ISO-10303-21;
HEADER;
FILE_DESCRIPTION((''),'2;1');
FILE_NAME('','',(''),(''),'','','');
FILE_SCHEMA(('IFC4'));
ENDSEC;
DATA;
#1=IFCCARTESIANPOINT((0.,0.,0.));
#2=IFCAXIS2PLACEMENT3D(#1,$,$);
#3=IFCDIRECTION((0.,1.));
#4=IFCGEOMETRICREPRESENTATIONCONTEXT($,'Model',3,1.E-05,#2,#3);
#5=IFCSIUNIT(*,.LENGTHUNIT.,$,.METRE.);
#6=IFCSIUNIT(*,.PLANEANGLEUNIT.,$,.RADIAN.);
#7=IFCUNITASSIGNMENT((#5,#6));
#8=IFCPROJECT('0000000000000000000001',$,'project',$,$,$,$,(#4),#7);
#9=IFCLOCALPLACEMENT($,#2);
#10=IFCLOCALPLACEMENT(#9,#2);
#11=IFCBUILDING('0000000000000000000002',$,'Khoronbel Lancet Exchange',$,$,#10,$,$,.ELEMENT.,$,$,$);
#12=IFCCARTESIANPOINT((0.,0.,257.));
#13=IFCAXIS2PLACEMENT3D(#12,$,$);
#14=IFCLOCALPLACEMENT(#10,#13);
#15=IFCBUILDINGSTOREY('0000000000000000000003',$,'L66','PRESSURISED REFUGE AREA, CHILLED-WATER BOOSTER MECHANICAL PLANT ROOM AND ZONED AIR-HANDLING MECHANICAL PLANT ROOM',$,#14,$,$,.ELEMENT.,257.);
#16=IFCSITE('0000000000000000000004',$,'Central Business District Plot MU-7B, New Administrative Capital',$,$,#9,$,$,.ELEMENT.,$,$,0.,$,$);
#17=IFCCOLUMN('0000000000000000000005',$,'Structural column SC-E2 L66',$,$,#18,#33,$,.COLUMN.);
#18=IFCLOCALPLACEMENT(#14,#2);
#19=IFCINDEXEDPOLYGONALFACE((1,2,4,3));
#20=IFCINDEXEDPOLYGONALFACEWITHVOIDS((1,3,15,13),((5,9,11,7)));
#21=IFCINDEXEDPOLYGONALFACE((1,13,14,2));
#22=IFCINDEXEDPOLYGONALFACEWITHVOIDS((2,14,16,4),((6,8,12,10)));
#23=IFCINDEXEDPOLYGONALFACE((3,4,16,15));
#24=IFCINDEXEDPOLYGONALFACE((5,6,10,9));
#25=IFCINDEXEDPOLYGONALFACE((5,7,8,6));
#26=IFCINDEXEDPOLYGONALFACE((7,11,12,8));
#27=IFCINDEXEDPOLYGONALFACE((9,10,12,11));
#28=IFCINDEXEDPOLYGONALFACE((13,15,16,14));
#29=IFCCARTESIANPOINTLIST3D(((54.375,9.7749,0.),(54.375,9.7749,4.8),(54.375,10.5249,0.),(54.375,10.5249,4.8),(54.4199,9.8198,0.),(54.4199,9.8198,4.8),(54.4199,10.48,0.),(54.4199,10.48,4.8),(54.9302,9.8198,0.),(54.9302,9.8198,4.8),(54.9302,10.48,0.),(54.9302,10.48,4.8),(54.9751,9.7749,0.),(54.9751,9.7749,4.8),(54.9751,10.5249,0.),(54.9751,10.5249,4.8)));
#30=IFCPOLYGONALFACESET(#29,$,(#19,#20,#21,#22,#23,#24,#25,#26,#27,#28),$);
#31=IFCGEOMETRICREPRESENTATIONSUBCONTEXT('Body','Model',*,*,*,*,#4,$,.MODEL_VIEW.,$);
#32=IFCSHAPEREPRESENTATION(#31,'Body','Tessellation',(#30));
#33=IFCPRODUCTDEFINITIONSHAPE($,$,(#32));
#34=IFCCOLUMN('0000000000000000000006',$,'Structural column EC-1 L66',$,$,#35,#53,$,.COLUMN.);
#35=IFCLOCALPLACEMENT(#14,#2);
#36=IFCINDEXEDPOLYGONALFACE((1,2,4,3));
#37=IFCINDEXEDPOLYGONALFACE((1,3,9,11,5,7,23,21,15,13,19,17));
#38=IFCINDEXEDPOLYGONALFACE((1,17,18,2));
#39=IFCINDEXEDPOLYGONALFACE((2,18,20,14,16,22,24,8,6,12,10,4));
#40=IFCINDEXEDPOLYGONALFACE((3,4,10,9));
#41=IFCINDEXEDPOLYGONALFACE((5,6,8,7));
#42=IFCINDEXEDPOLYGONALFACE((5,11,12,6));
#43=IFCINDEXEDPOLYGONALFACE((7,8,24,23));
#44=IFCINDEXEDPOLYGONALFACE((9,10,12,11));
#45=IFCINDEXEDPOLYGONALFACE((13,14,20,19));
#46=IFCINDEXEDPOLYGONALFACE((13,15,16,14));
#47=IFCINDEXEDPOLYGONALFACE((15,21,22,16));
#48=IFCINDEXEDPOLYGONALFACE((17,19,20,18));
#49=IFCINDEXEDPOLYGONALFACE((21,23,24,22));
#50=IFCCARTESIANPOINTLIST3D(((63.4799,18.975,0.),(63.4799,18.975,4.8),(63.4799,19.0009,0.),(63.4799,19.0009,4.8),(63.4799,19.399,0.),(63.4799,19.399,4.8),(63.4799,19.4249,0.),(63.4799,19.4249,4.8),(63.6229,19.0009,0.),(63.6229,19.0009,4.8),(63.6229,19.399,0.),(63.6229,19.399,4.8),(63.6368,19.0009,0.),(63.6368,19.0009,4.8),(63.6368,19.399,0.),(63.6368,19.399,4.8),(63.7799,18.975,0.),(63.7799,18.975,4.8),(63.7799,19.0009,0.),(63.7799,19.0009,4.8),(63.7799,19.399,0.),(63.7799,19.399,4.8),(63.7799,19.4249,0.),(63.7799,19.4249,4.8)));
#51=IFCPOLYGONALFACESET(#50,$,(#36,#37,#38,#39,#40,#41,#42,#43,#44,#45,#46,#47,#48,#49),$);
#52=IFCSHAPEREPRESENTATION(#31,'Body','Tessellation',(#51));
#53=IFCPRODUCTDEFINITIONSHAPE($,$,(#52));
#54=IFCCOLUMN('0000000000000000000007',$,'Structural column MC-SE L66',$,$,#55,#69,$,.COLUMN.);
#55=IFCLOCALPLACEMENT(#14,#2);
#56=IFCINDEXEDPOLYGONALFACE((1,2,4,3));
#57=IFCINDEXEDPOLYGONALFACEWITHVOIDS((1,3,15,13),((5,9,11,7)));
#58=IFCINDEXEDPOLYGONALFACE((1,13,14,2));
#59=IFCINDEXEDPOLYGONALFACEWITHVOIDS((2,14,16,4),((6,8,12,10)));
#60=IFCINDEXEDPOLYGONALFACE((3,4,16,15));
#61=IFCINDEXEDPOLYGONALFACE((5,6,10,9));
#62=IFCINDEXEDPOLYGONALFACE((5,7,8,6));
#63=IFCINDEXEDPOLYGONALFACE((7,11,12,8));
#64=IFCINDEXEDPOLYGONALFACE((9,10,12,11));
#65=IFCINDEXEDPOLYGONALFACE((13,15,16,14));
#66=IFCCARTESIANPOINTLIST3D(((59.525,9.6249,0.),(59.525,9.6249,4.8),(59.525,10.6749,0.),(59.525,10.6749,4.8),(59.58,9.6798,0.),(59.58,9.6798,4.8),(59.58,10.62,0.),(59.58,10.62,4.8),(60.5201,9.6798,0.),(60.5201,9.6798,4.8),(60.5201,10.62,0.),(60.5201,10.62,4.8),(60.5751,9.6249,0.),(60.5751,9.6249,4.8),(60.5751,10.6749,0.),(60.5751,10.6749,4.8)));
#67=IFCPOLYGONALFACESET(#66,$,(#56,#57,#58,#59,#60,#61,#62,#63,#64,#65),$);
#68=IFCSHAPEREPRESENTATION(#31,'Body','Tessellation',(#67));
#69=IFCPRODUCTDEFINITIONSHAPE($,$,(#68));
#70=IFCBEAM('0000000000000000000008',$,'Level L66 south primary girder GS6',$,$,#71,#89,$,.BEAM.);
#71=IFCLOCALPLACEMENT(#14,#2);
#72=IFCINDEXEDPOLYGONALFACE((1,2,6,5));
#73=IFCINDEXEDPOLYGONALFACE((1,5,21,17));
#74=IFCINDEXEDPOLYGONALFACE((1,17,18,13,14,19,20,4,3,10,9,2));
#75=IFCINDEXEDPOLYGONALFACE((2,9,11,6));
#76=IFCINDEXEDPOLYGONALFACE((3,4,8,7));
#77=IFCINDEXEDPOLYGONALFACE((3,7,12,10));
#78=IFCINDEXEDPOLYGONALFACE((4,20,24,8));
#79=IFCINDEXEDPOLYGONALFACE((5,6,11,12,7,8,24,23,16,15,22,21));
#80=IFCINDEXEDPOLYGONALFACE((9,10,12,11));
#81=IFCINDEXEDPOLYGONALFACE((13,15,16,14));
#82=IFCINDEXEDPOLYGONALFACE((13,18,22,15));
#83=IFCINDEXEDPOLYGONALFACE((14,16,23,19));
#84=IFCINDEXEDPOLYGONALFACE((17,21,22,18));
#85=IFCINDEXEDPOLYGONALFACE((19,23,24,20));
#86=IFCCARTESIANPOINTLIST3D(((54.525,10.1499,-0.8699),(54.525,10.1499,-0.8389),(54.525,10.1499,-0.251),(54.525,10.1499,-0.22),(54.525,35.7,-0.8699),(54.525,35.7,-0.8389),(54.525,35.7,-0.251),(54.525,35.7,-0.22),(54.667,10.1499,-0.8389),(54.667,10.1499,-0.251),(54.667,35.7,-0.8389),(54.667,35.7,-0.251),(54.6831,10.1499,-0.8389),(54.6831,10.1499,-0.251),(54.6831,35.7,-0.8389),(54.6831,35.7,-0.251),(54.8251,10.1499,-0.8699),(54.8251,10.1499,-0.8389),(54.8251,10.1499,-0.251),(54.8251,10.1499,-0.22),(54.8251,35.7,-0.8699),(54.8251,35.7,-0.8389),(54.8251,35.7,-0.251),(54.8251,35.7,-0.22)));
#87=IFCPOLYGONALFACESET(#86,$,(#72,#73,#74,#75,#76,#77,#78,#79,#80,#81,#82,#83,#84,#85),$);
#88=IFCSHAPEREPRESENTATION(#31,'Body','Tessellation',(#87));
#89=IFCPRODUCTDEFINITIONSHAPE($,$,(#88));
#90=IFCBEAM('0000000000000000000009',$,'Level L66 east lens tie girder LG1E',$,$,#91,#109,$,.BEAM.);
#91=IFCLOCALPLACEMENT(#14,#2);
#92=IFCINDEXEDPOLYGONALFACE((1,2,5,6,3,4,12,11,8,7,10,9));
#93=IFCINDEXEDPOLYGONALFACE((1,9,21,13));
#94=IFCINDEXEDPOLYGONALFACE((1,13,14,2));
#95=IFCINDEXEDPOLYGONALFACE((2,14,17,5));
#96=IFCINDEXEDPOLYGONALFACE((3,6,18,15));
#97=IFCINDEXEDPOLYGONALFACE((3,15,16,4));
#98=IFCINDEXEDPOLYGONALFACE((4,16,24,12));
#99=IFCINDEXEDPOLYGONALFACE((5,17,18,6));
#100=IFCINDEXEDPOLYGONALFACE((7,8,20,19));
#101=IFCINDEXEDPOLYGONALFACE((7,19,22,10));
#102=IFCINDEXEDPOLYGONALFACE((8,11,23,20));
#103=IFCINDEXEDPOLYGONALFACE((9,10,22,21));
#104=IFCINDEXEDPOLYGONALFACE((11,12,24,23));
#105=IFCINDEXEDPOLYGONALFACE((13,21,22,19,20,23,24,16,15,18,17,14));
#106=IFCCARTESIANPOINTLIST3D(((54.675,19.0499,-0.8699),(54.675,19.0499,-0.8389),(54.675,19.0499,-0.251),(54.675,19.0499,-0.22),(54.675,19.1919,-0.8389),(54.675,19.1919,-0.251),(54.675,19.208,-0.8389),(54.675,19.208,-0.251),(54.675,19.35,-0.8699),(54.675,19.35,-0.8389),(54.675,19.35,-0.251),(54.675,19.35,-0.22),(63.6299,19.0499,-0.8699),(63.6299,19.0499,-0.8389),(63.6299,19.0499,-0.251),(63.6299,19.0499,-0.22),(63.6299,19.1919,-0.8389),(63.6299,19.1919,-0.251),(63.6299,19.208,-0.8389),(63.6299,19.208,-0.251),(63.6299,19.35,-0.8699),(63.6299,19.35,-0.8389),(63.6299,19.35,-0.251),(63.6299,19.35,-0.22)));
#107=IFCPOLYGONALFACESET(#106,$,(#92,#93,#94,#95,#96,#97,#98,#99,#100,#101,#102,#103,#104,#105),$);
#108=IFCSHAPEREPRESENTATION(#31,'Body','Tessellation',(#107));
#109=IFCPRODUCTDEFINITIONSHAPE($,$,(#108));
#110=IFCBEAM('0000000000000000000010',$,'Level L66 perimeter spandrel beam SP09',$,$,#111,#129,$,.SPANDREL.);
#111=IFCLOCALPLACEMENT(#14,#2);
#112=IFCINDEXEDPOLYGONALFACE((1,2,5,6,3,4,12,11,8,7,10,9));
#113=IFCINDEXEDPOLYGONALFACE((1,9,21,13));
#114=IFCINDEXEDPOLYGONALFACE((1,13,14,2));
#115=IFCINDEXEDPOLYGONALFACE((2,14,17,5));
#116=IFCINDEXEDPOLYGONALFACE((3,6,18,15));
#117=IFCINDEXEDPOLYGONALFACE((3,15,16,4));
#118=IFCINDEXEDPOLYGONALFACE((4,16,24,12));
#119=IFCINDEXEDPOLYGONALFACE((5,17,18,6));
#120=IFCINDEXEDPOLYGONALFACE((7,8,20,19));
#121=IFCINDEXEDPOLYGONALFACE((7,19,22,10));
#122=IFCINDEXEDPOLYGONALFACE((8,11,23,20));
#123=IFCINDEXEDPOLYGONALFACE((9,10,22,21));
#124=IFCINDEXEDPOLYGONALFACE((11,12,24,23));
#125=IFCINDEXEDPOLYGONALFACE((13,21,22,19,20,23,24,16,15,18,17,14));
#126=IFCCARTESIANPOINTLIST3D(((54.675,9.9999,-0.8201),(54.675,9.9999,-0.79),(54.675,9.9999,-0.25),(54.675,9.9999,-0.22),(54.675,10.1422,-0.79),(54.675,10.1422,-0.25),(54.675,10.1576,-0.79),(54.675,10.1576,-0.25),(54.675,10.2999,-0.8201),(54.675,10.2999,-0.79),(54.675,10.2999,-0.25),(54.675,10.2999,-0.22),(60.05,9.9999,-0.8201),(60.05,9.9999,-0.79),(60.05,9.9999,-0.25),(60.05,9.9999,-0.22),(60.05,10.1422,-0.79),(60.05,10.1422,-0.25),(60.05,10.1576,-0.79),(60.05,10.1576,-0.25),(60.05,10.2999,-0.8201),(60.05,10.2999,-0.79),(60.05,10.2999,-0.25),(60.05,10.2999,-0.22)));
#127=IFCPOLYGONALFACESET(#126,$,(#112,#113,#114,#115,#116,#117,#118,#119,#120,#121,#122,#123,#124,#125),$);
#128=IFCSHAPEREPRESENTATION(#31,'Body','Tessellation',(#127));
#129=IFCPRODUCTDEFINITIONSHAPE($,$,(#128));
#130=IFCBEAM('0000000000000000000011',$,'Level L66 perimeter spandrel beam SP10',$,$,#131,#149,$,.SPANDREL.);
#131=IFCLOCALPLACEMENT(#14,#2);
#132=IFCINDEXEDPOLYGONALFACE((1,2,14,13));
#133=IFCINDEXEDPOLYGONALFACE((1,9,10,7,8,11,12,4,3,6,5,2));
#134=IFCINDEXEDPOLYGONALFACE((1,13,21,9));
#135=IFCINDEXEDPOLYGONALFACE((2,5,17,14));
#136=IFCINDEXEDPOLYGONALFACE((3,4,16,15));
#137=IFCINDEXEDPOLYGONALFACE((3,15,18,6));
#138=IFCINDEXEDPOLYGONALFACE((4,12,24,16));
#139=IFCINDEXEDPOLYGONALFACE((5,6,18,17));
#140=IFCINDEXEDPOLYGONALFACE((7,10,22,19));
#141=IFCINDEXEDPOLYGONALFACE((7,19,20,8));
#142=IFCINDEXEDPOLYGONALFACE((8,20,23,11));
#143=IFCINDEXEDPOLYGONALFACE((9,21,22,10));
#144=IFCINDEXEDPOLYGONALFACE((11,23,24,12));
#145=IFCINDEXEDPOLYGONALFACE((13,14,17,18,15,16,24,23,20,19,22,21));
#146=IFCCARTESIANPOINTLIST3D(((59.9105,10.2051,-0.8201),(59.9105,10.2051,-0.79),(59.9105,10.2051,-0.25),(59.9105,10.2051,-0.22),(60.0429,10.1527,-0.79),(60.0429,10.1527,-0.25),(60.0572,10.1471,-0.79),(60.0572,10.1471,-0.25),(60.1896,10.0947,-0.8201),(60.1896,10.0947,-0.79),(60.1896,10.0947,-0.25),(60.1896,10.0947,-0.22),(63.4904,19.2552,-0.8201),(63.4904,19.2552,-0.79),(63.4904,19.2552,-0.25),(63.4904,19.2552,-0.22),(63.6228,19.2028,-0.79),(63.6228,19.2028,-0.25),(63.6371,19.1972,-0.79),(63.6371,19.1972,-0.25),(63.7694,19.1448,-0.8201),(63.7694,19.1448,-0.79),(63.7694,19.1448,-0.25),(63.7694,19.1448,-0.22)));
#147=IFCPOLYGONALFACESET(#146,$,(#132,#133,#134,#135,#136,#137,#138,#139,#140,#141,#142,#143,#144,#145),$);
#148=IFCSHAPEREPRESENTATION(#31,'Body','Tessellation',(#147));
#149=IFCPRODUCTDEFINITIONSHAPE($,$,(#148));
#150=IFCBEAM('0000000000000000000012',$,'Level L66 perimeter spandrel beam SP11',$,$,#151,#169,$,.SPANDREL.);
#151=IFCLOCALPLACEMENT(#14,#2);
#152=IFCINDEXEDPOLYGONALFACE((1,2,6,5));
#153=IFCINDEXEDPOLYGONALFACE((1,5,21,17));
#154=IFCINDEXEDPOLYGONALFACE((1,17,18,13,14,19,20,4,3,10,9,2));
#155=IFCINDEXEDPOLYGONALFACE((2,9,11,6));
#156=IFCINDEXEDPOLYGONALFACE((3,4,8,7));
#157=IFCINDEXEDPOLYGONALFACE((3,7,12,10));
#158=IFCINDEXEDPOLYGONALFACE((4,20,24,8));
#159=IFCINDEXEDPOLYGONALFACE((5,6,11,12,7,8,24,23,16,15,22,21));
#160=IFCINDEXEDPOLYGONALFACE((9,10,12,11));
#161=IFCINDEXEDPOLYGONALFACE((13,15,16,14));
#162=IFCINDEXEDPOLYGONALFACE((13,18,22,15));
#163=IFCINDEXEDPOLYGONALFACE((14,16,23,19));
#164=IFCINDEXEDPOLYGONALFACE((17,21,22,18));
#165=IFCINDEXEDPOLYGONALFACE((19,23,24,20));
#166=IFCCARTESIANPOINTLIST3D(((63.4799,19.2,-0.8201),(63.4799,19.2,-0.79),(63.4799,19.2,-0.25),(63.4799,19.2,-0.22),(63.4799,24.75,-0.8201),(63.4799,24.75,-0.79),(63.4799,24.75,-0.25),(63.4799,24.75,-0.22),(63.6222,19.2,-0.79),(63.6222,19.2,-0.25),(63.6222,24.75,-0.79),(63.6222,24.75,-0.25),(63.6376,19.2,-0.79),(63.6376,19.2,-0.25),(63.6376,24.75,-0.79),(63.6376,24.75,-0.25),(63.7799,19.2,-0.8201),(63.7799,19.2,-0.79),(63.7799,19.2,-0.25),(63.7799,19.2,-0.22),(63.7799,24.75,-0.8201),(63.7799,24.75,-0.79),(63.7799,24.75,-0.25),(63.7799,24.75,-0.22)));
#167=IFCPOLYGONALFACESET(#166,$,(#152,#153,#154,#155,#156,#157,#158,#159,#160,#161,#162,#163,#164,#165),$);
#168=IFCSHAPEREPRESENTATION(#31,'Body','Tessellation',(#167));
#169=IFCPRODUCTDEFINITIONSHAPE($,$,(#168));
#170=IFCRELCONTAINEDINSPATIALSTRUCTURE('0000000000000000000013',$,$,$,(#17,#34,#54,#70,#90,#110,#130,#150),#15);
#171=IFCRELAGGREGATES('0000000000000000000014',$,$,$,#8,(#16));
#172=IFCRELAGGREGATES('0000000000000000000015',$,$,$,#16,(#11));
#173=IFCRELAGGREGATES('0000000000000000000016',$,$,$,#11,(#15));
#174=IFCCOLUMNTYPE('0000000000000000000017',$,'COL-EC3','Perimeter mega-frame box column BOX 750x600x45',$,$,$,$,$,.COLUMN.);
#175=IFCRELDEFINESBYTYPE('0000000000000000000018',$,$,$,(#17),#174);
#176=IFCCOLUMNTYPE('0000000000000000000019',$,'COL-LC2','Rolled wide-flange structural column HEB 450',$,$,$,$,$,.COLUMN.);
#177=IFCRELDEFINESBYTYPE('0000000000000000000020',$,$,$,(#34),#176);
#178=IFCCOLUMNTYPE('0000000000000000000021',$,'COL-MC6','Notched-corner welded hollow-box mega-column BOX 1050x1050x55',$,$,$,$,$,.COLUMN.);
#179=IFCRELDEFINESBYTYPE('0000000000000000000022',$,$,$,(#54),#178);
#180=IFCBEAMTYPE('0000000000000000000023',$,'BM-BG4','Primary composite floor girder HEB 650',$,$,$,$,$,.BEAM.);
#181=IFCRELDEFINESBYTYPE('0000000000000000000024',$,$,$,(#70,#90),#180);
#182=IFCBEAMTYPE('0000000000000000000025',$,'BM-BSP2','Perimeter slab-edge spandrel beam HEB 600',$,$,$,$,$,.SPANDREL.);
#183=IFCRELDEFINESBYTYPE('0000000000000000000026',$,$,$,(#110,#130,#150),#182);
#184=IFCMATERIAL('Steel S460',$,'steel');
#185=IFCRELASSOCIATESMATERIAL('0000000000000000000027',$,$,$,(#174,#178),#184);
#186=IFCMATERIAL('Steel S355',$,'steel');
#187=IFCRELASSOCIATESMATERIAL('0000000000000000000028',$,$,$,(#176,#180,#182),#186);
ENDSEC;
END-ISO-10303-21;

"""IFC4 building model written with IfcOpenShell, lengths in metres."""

from ifc_helpers import new_model, si_unit, direction, frame, origin, origin_2d, place, context, subcontext, project, spatial, hollow_rectangle, i_section, extrude, material, material_profile, profile_set, type_object, element, save


model = new_model("IFC4")

# Units and contexts
model_context = context("Model", 3, precision=1e-05, world=origin(), true_north=direction((0.0, 1.0)))
body_context = subcontext(model_context, "Body", "Model", "MODEL_VIEW")
ifc_project = project(units=[si_unit("LENGTHUNIT", "METRE"), si_unit("PLANEANGLEUNIT", "RADIAN")], contexts=[model_context])

# Site, building, storey
site_placement = place(None, origin())
site = spatial("IfcSite", under=ifc_project, at=site_placement, Name="Central Business District Plot MU-7B, New Administrative Capital", CompositionType="ELEMENT", RefElevation=0.0)
building_placement = place(site_placement, origin())
building = spatial("IfcBuilding", under=site, at=building_placement, Name="Khoronbel Lancet Exchange", CompositionType="ELEMENT")
storey_placement = place(building_placement, frame((0.0, 0.0, 257.0)))
storey = spatial("IfcBuildingStorey", under=building, at=storey_placement, Name="L66", Description="PRESSURISED REFUGE AREA, CHILLED-WATER BOOSTER MECHANICAL PLANT ROOM AND ZONED AIR-HANDLING MECHANICAL PLANT ROOM", CompositionType="ELEMENT", Elevation=257.0)

# Columns
ifc_material_1 = material(Name="Steel S460", Category="steel")
ifc_material_profile_1 = material_profile(ifc_material_1, hollow_rectangle(XDim=0.6001, YDim=0.75, WallThickness=0.0449, at=origin_2d()), Name="BOX 750x600x45")
ifc_profile_set_1 = profile_set([ifc_material_profile_1], Name="Steel S460")
column_type_1 = type_object("IfcColumnType", Name="COL-EC3", Description="Perimeter mega-frame box column BOX 750x600x45", PredefinedType="COLUMN", material=ifc_profile_set_1)
column_1_placement = place(storey_placement, frame((54.675, 10.1499, 0.0), z_axis=(0.0, 0.0, 1.0), x_axis=(1.0, 0.0, 0.0)))
element("IfcColumn", 1, at=column_1_placement, inside=storey, type_object=column_type_1, Name="Structural column SC-E2 L66", PredefinedType="COLUMN", context=body_context, shape_type="SweptSolid", body=[
    extrude(hollow_rectangle(XDim=0.6001, YDim=0.75, WallThickness=0.0449, at=origin_2d()), origin(), (0.0, 0.0, 1.0), 4.8),
])
ifc_material_2 = material(Name="Steel S355", Category="steel")
ifc_material_profile_2 = material_profile(ifc_material_2, i_section(OverallWidth=0.3, OverallDepth=0.45, WebThickness=0.0139, FlangeThickness=0.0259, at=origin_2d()), Name="HEB 450")
ifc_profile_set_2 = profile_set([ifc_material_profile_2], Name="Steel S355")
column_type_2 = type_object("IfcColumnType", Name="COL-LC2", Description="Rolled wide-flange structural column HEB 450", PredefinedType="COLUMN", material=ifc_profile_set_2)
column_2_placement = place(storey_placement, frame((63.6299, 19.2, 0.0), z_axis=(0.0, 0.0, 1.0), x_axis=(1.0, 0.0, 0.0)))
element("IfcColumn", 2, at=column_2_placement, inside=storey, type_object=column_type_2, Name="Structural column EC-1 L66", PredefinedType="COLUMN", context=body_context, shape_type="SweptSolid", body=[
    extrude(i_section(OverallWidth=0.3, OverallDepth=0.45, WebThickness=0.0139, FlangeThickness=0.0259, at=origin_2d()), origin(), (0.0, 0.0, 1.0), 4.8),
])
ifc_material_profile_3 = material_profile(ifc_material_1, hollow_rectangle(XDim=1.05, YDim=1.05, WallThickness=0.0549, at=origin_2d()), Name="BOX 1050x1050x55")
ifc_profile_set_3 = profile_set([ifc_material_profile_3], Name="Steel S460")
column_type_3 = type_object("IfcColumnType", Name="COL-MC6", Description="Notched-corner welded hollow-box mega-column BOX 1050x1050x55", PredefinedType="COLUMN", material=ifc_profile_set_3)
column_3_placement = place(storey_placement, frame((60.05, 10.1499, 0.0), z_axis=(0.0, 0.0, 1.0), x_axis=(1.0, 0.0, 0.0)))
element("IfcColumn", 3, at=column_3_placement, inside=storey, type_object=column_type_3, Name="Structural column MC-SE L66", PredefinedType="COLUMN", context=body_context, shape_type="SweptSolid", body=[
    extrude(hollow_rectangle(XDim=1.05, YDim=1.05, WallThickness=0.0549, at=origin_2d()), origin(), (0.0, 0.0, 1.0), 4.8),
])

# Beams
ifc_material_profile_4 = material_profile(ifc_material_2, i_section(OverallWidth=0.3, OverallDepth=0.6499, WebThickness=0.0161, FlangeThickness=0.031, at=origin_2d()), Name="HEB 650")
ifc_profile_set_4 = profile_set([ifc_material_profile_4], Name="Steel S355")
beam_type_1 = type_object("IfcBeamType", Name="BM-BG4", Description="Primary composite floor girder HEB 650", PredefinedType="BEAM", material=ifc_profile_set_4)
beam_1_placement = place(storey_placement, frame((54.675, 10.1499, -0.5449), z_axis=(0.0, 1.0, 0.0), x_axis=(-1.0, 0.0, 0.0)))
element("IfcBeam", 4, at=beam_1_placement, inside=storey, type_object=beam_type_1, Name="Level L66 south primary girder GS6", PredefinedType="BEAM", context=body_context, shape_type="SweptSolid", body=[
    extrude(i_section(OverallWidth=0.3, OverallDepth=0.6499, WebThickness=0.0161, FlangeThickness=0.031, at=origin_2d()), origin(), (0.0, 0.0, 1.0), 25.55),
])
beam_2_placement = place(storey_placement, frame((54.675, 19.2, -0.5449), z_axis=(1.0, 0.0, 0.0), x_axis=(0.0, 1.0, 0.0)))
element("IfcBeam", 5, at=beam_2_placement, inside=storey, type_object=beam_type_1, Name="Level L66 east lens tie girder LG1E", PredefinedType="BEAM", context=body_context, shape_type="SweptSolid", body=[
    extrude(i_section(OverallWidth=0.3, OverallDepth=0.6499, WebThickness=0.0161, FlangeThickness=0.031, at=origin_2d()), origin(), (0.0, 0.0, 1.0), 8.9548),
])
ifc_material_profile_5 = material_profile(ifc_material_2, i_section(OverallWidth=0.3, OverallDepth=0.6001, WebThickness=0.0154, FlangeThickness=0.03, at=origin_2d()), Name="HEB 600")
ifc_profile_set_5 = profile_set([ifc_material_profile_5], Name="Steel S355")
beam_type_2 = type_object("IfcBeamType", Name="BM-BSP2", Description="Perimeter slab-edge spandrel beam HEB 600", PredefinedType="SPANDREL", material=ifc_profile_set_5)
beam_3_placement = place(storey_placement, frame((54.675, 10.1499, -0.52), z_axis=(1.0, 0.0, 0.0), x_axis=(0.0, 1.0, 0.0)))
element("IfcBeam", 6, at=beam_3_placement, inside=storey, type_object=beam_type_2, Name="Level L66 perimeter spandrel beam SP09", PredefinedType="SPANDREL", context=body_context, shape_type="SweptSolid", body=[
    extrude(i_section(OverallWidth=0.3, OverallDepth=0.6001, WebThickness=0.0154, FlangeThickness=0.03, at=origin_2d()), origin(), (0.0, 0.0, 1.0), 5.375),
])
beam_4_placement = place(storey_placement, frame((60.05, 10.1499, -0.52), z_axis=(0.367828, 0.929894, 0.0), x_axis=(-0.929894, 0.367828, 0.0)))
element("IfcBeam", 7, at=beam_4_placement, inside=storey, type_object=beam_type_2, Name="Level L66 perimeter spandrel beam SP10", PredefinedType="SPANDREL", context=body_context, shape_type="SweptSolid", body=[
    extrude(i_section(OverallWidth=0.3, OverallDepth=0.6001, WebThickness=0.0154, FlangeThickness=0.03, at=origin_2d()), origin(), (0.0, 0.0, 1.0), 9.7324),
])
beam_5_placement = place(storey_placement, frame((63.6299, 19.2, -0.52), z_axis=(0.0, 1.0, 0.0), x_axis=(-1.0, 0.0, 0.0)))
element("IfcBeam", 8, at=beam_5_placement, inside=storey, type_object=beam_type_2, Name="Level L66 perimeter spandrel beam SP11", PredefinedType="SPANDREL", context=body_context, shape_type="SweptSolid", body=[
    extrude(i_section(OverallWidth=0.3, OverallDepth=0.6001, WebThickness=0.0154, FlangeThickness=0.03, at=origin_2d()), origin(), (0.0, 0.0, 1.0), 5.55),
])

save(model, "model.ifc")
